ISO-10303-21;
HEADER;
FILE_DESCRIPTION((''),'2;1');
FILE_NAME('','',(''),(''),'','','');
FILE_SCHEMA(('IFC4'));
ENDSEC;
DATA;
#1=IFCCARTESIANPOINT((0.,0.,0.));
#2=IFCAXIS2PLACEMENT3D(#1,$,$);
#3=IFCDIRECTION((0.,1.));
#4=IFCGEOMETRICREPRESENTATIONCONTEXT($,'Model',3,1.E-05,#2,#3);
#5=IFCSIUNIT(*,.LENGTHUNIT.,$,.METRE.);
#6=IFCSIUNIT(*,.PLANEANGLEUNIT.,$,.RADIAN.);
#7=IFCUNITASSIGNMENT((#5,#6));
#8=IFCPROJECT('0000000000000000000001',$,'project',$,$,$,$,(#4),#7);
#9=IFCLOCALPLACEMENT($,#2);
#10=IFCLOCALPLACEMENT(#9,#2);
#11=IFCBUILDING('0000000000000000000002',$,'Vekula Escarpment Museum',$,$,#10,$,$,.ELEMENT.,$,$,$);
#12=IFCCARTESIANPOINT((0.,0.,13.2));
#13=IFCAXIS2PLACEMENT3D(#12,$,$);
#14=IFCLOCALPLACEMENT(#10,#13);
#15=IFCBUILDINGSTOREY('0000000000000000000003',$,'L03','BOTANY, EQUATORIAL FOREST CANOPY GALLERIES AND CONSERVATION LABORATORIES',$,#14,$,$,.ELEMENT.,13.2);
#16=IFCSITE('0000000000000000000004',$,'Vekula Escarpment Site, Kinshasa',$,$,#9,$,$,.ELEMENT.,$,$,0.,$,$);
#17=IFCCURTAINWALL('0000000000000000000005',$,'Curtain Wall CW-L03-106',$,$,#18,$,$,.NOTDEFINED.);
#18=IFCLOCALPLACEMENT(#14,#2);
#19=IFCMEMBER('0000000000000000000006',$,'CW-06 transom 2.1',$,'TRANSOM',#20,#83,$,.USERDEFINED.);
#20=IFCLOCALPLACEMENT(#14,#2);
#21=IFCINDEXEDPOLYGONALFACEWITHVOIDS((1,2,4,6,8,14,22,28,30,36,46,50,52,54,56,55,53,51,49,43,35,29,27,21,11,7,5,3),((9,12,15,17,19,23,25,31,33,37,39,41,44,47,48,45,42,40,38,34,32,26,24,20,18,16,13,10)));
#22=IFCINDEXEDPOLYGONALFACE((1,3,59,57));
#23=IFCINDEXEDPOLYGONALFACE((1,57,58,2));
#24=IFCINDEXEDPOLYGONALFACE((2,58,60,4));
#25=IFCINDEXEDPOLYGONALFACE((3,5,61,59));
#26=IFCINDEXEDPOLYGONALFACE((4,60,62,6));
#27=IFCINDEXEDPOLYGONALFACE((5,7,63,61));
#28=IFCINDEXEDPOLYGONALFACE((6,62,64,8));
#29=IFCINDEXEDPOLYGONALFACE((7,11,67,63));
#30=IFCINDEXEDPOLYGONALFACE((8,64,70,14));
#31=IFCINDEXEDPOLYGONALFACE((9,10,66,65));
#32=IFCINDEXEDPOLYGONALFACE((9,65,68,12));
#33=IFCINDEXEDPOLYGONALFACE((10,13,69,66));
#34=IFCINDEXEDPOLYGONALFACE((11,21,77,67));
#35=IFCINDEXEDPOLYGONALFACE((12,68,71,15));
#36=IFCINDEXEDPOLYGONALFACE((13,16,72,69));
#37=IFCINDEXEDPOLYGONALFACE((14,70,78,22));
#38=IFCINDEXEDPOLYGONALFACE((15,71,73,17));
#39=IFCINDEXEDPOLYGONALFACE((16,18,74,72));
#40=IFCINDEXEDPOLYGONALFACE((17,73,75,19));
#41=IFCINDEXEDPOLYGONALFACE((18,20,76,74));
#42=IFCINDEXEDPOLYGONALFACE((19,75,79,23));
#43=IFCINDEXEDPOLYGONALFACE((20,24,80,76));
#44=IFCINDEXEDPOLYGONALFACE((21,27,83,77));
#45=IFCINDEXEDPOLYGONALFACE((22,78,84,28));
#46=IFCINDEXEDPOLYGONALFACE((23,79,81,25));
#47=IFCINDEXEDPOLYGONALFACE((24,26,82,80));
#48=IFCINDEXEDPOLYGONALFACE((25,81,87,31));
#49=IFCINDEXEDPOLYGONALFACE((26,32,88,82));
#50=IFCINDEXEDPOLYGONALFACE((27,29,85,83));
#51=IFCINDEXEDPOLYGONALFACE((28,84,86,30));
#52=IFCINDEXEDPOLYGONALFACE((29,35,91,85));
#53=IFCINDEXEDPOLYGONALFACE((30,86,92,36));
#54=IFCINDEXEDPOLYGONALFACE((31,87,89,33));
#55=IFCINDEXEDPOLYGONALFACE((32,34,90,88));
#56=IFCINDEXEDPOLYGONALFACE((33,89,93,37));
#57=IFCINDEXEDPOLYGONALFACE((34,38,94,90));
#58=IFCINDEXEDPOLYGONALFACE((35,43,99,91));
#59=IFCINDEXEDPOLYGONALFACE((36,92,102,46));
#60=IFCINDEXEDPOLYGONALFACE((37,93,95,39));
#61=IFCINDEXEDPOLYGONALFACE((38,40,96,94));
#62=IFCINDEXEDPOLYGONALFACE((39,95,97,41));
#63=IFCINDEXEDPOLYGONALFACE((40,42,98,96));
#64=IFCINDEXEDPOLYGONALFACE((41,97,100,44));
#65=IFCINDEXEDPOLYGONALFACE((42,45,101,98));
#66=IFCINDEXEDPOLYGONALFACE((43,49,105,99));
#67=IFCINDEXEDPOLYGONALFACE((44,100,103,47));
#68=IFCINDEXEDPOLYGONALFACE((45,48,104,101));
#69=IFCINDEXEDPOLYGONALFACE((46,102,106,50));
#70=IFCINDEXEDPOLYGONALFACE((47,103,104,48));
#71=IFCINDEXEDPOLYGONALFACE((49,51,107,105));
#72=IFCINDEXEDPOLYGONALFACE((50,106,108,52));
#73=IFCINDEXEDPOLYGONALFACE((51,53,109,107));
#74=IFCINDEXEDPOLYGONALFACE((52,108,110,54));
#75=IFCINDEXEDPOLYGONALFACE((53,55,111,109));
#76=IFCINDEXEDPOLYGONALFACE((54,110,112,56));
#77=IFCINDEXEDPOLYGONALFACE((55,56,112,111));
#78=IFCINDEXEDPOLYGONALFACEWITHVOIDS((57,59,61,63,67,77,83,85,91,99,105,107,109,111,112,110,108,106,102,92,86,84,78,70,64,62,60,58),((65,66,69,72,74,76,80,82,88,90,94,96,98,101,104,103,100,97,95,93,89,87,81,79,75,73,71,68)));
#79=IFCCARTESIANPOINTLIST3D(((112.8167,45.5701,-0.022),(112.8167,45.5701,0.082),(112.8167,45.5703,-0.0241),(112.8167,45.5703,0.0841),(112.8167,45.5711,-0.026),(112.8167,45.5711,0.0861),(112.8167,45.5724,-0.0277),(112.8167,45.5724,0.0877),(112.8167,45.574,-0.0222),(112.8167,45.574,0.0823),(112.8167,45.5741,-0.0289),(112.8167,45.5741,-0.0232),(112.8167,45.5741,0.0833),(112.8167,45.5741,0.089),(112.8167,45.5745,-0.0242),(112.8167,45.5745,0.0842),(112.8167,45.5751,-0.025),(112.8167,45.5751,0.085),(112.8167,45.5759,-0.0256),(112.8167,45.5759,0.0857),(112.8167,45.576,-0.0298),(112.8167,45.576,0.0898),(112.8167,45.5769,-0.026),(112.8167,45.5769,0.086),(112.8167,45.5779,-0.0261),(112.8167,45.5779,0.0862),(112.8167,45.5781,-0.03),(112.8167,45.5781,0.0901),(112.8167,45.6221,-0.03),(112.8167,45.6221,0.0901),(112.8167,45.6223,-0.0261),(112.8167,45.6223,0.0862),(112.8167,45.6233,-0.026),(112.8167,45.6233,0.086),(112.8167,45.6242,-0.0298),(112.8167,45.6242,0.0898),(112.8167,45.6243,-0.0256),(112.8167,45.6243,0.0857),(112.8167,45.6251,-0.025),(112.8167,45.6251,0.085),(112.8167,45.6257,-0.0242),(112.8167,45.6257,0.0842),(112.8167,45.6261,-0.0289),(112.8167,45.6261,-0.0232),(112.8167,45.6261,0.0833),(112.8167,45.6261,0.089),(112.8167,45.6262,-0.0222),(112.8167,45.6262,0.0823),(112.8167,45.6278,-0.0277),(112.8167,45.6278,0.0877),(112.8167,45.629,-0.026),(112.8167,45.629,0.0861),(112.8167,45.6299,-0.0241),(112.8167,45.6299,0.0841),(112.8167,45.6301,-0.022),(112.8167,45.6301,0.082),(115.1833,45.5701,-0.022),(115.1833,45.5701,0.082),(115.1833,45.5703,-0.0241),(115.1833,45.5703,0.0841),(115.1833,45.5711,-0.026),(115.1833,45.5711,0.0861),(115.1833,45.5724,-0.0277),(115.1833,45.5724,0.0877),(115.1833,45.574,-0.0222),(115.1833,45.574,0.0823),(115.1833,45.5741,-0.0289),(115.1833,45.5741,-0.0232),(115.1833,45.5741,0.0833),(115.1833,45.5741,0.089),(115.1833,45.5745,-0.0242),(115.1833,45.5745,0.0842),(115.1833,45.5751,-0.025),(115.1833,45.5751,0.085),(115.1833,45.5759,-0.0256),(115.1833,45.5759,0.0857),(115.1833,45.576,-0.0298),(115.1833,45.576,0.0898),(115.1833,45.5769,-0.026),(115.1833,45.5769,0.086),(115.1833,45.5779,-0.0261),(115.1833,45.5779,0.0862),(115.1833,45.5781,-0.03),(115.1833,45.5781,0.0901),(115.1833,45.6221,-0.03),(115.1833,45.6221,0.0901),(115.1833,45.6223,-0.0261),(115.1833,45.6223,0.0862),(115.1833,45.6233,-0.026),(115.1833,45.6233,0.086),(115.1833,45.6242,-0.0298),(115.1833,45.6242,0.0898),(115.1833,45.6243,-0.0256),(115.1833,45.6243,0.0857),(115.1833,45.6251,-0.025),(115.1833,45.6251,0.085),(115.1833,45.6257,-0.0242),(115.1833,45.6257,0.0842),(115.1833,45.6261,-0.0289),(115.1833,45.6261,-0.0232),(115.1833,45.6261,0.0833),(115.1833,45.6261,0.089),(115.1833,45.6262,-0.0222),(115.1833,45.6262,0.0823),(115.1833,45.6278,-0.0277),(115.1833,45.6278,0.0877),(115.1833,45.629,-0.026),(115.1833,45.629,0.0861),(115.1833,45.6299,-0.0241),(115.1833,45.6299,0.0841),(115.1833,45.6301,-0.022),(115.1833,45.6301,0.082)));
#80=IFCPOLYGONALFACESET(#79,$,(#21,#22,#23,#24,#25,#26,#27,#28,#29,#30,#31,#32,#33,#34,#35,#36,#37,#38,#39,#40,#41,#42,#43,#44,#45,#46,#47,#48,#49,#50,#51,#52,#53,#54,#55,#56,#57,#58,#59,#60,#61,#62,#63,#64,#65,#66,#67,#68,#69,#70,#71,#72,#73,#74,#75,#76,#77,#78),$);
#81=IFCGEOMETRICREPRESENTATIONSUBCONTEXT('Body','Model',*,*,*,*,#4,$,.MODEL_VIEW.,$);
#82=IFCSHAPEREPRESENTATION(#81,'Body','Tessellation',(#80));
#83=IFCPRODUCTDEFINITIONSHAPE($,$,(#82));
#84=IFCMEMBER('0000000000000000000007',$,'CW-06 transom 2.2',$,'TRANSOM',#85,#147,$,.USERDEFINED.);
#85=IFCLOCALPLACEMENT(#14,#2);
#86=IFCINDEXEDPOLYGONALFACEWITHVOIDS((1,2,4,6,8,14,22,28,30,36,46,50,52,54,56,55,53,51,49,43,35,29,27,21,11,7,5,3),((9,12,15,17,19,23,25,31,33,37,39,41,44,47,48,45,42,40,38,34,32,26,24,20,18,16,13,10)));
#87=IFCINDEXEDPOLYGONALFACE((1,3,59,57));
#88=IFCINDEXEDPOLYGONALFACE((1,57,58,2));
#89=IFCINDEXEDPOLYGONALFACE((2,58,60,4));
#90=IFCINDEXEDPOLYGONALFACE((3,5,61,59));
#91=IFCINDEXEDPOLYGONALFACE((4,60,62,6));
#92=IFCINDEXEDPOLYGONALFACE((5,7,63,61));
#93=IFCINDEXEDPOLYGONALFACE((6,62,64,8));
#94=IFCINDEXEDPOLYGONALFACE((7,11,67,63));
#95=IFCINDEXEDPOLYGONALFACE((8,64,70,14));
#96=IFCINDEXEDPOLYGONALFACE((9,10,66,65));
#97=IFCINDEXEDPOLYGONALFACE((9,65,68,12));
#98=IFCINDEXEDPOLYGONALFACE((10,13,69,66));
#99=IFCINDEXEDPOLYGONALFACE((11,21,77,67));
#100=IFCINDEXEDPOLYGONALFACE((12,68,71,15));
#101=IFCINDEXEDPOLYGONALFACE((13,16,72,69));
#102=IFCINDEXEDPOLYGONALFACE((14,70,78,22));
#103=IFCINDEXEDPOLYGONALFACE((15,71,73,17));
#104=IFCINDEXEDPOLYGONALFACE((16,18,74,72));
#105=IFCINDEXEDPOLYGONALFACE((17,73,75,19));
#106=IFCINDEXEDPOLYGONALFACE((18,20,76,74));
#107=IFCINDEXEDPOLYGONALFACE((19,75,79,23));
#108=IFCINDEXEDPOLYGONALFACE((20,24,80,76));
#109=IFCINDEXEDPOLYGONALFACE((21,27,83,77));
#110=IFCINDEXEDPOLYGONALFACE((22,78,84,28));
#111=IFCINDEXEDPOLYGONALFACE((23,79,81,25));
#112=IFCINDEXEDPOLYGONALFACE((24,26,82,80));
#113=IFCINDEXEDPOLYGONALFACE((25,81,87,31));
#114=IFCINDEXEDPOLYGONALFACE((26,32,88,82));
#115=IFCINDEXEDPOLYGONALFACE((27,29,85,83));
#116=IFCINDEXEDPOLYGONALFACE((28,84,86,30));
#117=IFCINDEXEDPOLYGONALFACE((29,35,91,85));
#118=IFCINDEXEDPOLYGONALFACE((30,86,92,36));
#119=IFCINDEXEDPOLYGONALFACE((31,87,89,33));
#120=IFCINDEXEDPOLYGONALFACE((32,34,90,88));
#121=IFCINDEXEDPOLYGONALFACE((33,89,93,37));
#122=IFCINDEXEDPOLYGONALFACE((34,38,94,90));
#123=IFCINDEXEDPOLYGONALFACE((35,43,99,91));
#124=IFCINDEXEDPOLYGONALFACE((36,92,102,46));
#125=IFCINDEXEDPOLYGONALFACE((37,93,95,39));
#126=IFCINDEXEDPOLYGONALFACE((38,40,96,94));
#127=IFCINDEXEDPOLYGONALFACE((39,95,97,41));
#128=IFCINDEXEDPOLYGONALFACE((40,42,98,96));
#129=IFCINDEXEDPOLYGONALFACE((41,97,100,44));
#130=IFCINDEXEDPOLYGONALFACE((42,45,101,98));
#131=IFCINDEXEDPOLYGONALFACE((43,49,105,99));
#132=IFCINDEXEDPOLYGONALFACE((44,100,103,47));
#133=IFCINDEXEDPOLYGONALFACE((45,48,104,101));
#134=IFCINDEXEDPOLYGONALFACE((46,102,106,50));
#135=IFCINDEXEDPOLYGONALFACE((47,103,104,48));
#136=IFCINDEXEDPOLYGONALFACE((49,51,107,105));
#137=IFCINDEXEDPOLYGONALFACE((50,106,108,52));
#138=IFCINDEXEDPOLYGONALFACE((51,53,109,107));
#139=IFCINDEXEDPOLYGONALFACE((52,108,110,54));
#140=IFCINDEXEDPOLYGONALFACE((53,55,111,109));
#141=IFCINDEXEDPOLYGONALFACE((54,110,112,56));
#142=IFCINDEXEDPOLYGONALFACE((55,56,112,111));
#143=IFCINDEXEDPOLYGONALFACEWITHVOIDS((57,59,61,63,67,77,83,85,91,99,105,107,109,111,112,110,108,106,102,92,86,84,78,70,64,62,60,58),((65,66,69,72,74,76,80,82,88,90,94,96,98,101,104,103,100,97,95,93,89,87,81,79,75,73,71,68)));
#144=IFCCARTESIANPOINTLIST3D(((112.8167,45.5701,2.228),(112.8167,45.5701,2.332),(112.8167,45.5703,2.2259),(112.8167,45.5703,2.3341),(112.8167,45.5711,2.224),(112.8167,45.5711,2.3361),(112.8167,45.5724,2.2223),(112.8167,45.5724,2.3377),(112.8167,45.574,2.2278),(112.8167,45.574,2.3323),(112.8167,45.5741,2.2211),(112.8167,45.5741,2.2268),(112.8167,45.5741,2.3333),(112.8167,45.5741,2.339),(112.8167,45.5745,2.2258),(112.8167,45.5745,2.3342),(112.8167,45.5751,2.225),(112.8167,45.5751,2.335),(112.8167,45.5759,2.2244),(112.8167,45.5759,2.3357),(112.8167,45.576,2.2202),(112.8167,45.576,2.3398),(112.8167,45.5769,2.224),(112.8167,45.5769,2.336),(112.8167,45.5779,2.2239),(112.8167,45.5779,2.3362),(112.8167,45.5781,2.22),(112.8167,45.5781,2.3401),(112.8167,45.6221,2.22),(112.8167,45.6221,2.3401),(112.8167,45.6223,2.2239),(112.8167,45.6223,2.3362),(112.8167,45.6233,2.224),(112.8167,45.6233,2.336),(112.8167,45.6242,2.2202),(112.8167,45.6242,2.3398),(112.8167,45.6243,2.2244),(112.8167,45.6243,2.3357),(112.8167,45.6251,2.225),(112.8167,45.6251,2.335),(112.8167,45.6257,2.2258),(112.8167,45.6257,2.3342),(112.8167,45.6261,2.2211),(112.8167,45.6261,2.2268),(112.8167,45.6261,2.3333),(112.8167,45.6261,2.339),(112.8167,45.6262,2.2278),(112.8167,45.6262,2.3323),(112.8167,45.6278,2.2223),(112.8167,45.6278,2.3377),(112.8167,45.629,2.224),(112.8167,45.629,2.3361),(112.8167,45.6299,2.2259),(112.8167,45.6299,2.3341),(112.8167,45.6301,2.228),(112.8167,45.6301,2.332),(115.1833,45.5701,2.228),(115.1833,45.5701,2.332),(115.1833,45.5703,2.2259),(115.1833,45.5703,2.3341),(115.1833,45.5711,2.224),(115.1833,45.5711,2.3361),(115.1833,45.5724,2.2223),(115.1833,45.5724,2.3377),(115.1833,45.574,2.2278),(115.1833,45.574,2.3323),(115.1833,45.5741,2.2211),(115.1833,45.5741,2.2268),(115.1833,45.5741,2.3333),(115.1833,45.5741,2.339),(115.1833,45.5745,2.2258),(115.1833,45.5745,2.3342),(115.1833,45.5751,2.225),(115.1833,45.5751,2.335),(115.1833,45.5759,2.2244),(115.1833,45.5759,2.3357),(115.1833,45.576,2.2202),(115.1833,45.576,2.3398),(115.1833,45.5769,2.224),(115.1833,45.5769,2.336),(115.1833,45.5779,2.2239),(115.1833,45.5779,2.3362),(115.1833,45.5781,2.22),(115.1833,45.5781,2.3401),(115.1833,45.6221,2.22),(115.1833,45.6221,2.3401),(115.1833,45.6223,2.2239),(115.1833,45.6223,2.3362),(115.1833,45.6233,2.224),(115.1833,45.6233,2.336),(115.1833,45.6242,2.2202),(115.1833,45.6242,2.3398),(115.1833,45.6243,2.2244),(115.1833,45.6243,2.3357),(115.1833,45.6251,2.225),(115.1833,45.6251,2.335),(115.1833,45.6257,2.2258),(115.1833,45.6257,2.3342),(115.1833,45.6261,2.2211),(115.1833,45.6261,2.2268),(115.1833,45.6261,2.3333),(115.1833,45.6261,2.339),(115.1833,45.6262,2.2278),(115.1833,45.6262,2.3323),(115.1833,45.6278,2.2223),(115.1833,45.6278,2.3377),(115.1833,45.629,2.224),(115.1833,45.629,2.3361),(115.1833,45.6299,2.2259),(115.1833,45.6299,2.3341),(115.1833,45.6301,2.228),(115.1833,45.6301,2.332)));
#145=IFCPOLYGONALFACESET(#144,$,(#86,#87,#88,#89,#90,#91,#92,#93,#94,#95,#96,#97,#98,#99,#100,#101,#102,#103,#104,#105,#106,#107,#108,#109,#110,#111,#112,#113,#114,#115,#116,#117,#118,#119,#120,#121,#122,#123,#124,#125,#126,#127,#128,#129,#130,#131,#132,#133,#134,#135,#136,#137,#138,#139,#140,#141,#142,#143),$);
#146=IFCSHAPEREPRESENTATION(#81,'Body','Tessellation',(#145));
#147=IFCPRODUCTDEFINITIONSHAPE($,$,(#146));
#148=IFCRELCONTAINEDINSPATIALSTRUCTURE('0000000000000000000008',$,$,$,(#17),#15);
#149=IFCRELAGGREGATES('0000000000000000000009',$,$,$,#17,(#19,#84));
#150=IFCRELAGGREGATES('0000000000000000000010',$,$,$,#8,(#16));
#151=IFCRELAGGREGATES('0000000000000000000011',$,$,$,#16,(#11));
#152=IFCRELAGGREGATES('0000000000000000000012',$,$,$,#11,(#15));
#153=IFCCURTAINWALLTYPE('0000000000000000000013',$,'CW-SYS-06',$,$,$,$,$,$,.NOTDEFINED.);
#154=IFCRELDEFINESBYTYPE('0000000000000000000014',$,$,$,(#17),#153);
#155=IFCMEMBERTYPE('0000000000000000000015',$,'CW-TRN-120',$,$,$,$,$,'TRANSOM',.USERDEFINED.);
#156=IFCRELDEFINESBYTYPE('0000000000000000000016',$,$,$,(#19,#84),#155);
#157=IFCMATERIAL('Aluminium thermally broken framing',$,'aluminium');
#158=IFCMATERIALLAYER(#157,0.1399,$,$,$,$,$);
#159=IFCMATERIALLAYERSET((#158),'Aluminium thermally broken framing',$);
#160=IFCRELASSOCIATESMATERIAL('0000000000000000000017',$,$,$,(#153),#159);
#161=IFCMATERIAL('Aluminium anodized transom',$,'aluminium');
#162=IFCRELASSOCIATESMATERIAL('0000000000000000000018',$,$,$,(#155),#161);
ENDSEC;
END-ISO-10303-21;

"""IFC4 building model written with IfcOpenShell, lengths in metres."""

from ifc_helpers import new_model, si_unit, direction, frame, origin, origin_2d, place, context, subcontext, project, spatial, hollow_rectangle, extrude, material, layer, layer_set, material_profile, profile_set, type_object, element, aggregate, save


model = new_model("IFC4")

# Units and contexts
model_context = context("Model", 3, precision=1e-05, world=origin(), true_north=direction((0.0, 1.0)))
body_context = subcontext(model_context, "Body", "Model", "MODEL_VIEW")
ifc_project = project(units=[si_unit("LENGTHUNIT", "METRE"), si_unit("PLANEANGLEUNIT", "RADIAN")], contexts=[model_context])

# Site, building, storey
site_placement = place(None, origin())
site = spatial("IfcSite", under=ifc_project, at=site_placement, Name="Vekula Escarpment Site, Kinshasa", CompositionType="ELEMENT", RefElevation=0.0)
building_placement = place(site_placement, origin())
building = spatial("IfcBuilding", under=site, at=building_placement, Name="Vekula Escarpment Museum", CompositionType="ELEMENT")
storey_placement = place(building_placement, frame((0.0, 0.0, 13.2)))
storey = spatial("IfcBuildingStorey", under=building, at=storey_placement, Name="L03", Description="BOTANY, EQUATORIAL FOREST CANOPY GALLERIES AND CONSERVATION LABORATORIES", CompositionType="ELEMENT", Elevation=13.2)

# Curtain wall, members
ifc_material_1 = material(Name="Aluminium thermally broken framing", Category="aluminium")
ifc_layer_1 = layer(ifc_material_1, 0.1399)
ifc_layer_set_1 = layer_set([ifc_layer_1], Name="Aluminium thermally broken framing")
curtain_wall_type_1 = type_object("IfcCurtainWallType", Name="CW-SYS-06", PredefinedType="NOTDEFINED", material=ifc_layer_set_1)
curtain_wall_1_placement = place(storey_placement, origin())
curtain_wall_1 = element("IfcCurtainWall", 1, at=curtain_wall_1_placement, inside=storey, type_object=curtain_wall_type_1, Name="Curtain Wall CW-L03-106", PredefinedType="NOTDEFINED")
ifc_material_2 = material(Name="Aluminium anodized transom", Category="aluminium")
ifc_material_profile_1 = material_profile(ifc_material_2, hollow_rectangle(XDim=0.0601, YDim=0.1201, WallThickness=0.0039, InnerFilletRadius=0.0039, OuterFilletRadius=0.0081, at=origin_2d()), Name="ALU 120x60x4")
ifc_profile_set_1 = profile_set([ifc_material_profile_1], Name="Aluminium anodized transom")
member_type_1 = type_object("IfcMemberType", Name="CW-TRN-120", ElementType="TRANSOM", PredefinedType="USERDEFINED", material=ifc_profile_set_1)
member_1_placement = place(storey_placement, frame((112.8167, 45.6001, 0.03), z_axis=(1.0, 0.0, 0.0), x_axis=(0.0, 1.0, 0.0)))
member_1 = element("IfcMember", 2, at=member_1_placement, type_object=member_type_1, Name="CW-06 transom 2.1", ObjectType="TRANSOM", PredefinedType="USERDEFINED", context=body_context, shape_type="SweptSolid", body=[
    extrude(hollow_rectangle(XDim=0.0601, YDim=0.1201, WallThickness=0.0039, InnerFilletRadius=0.0039, OuterFilletRadius=0.0081, at=origin_2d()), origin(), (0.0, 0.0, 1.0), 2.3667),
])
member_2_placement = place(storey_placement, frame((112.8167, 45.6001, 2.28), z_axis=(1.0, 0.0, 0.0), x_axis=(0.0, 1.0, 0.0)))
member_2 = element("IfcMember", 3, at=member_2_placement, type_object=member_type_1, Name="CW-06 transom 2.2", ObjectType="TRANSOM", PredefinedType="USERDEFINED", context=body_context, shape_type="SweptSolid", body=[
    extrude(hollow_rectangle(XDim=0.0601, YDim=0.1201, WallThickness=0.0039, InnerFilletRadius=0.0039, OuterFilletRadius=0.0081, at=origin_2d()), origin(), (0.0, 0.0, 1.0), 2.3667),
])
aggregate(curtain_wall_1, [member_1, member_2])

save(model, "model.ifc")
